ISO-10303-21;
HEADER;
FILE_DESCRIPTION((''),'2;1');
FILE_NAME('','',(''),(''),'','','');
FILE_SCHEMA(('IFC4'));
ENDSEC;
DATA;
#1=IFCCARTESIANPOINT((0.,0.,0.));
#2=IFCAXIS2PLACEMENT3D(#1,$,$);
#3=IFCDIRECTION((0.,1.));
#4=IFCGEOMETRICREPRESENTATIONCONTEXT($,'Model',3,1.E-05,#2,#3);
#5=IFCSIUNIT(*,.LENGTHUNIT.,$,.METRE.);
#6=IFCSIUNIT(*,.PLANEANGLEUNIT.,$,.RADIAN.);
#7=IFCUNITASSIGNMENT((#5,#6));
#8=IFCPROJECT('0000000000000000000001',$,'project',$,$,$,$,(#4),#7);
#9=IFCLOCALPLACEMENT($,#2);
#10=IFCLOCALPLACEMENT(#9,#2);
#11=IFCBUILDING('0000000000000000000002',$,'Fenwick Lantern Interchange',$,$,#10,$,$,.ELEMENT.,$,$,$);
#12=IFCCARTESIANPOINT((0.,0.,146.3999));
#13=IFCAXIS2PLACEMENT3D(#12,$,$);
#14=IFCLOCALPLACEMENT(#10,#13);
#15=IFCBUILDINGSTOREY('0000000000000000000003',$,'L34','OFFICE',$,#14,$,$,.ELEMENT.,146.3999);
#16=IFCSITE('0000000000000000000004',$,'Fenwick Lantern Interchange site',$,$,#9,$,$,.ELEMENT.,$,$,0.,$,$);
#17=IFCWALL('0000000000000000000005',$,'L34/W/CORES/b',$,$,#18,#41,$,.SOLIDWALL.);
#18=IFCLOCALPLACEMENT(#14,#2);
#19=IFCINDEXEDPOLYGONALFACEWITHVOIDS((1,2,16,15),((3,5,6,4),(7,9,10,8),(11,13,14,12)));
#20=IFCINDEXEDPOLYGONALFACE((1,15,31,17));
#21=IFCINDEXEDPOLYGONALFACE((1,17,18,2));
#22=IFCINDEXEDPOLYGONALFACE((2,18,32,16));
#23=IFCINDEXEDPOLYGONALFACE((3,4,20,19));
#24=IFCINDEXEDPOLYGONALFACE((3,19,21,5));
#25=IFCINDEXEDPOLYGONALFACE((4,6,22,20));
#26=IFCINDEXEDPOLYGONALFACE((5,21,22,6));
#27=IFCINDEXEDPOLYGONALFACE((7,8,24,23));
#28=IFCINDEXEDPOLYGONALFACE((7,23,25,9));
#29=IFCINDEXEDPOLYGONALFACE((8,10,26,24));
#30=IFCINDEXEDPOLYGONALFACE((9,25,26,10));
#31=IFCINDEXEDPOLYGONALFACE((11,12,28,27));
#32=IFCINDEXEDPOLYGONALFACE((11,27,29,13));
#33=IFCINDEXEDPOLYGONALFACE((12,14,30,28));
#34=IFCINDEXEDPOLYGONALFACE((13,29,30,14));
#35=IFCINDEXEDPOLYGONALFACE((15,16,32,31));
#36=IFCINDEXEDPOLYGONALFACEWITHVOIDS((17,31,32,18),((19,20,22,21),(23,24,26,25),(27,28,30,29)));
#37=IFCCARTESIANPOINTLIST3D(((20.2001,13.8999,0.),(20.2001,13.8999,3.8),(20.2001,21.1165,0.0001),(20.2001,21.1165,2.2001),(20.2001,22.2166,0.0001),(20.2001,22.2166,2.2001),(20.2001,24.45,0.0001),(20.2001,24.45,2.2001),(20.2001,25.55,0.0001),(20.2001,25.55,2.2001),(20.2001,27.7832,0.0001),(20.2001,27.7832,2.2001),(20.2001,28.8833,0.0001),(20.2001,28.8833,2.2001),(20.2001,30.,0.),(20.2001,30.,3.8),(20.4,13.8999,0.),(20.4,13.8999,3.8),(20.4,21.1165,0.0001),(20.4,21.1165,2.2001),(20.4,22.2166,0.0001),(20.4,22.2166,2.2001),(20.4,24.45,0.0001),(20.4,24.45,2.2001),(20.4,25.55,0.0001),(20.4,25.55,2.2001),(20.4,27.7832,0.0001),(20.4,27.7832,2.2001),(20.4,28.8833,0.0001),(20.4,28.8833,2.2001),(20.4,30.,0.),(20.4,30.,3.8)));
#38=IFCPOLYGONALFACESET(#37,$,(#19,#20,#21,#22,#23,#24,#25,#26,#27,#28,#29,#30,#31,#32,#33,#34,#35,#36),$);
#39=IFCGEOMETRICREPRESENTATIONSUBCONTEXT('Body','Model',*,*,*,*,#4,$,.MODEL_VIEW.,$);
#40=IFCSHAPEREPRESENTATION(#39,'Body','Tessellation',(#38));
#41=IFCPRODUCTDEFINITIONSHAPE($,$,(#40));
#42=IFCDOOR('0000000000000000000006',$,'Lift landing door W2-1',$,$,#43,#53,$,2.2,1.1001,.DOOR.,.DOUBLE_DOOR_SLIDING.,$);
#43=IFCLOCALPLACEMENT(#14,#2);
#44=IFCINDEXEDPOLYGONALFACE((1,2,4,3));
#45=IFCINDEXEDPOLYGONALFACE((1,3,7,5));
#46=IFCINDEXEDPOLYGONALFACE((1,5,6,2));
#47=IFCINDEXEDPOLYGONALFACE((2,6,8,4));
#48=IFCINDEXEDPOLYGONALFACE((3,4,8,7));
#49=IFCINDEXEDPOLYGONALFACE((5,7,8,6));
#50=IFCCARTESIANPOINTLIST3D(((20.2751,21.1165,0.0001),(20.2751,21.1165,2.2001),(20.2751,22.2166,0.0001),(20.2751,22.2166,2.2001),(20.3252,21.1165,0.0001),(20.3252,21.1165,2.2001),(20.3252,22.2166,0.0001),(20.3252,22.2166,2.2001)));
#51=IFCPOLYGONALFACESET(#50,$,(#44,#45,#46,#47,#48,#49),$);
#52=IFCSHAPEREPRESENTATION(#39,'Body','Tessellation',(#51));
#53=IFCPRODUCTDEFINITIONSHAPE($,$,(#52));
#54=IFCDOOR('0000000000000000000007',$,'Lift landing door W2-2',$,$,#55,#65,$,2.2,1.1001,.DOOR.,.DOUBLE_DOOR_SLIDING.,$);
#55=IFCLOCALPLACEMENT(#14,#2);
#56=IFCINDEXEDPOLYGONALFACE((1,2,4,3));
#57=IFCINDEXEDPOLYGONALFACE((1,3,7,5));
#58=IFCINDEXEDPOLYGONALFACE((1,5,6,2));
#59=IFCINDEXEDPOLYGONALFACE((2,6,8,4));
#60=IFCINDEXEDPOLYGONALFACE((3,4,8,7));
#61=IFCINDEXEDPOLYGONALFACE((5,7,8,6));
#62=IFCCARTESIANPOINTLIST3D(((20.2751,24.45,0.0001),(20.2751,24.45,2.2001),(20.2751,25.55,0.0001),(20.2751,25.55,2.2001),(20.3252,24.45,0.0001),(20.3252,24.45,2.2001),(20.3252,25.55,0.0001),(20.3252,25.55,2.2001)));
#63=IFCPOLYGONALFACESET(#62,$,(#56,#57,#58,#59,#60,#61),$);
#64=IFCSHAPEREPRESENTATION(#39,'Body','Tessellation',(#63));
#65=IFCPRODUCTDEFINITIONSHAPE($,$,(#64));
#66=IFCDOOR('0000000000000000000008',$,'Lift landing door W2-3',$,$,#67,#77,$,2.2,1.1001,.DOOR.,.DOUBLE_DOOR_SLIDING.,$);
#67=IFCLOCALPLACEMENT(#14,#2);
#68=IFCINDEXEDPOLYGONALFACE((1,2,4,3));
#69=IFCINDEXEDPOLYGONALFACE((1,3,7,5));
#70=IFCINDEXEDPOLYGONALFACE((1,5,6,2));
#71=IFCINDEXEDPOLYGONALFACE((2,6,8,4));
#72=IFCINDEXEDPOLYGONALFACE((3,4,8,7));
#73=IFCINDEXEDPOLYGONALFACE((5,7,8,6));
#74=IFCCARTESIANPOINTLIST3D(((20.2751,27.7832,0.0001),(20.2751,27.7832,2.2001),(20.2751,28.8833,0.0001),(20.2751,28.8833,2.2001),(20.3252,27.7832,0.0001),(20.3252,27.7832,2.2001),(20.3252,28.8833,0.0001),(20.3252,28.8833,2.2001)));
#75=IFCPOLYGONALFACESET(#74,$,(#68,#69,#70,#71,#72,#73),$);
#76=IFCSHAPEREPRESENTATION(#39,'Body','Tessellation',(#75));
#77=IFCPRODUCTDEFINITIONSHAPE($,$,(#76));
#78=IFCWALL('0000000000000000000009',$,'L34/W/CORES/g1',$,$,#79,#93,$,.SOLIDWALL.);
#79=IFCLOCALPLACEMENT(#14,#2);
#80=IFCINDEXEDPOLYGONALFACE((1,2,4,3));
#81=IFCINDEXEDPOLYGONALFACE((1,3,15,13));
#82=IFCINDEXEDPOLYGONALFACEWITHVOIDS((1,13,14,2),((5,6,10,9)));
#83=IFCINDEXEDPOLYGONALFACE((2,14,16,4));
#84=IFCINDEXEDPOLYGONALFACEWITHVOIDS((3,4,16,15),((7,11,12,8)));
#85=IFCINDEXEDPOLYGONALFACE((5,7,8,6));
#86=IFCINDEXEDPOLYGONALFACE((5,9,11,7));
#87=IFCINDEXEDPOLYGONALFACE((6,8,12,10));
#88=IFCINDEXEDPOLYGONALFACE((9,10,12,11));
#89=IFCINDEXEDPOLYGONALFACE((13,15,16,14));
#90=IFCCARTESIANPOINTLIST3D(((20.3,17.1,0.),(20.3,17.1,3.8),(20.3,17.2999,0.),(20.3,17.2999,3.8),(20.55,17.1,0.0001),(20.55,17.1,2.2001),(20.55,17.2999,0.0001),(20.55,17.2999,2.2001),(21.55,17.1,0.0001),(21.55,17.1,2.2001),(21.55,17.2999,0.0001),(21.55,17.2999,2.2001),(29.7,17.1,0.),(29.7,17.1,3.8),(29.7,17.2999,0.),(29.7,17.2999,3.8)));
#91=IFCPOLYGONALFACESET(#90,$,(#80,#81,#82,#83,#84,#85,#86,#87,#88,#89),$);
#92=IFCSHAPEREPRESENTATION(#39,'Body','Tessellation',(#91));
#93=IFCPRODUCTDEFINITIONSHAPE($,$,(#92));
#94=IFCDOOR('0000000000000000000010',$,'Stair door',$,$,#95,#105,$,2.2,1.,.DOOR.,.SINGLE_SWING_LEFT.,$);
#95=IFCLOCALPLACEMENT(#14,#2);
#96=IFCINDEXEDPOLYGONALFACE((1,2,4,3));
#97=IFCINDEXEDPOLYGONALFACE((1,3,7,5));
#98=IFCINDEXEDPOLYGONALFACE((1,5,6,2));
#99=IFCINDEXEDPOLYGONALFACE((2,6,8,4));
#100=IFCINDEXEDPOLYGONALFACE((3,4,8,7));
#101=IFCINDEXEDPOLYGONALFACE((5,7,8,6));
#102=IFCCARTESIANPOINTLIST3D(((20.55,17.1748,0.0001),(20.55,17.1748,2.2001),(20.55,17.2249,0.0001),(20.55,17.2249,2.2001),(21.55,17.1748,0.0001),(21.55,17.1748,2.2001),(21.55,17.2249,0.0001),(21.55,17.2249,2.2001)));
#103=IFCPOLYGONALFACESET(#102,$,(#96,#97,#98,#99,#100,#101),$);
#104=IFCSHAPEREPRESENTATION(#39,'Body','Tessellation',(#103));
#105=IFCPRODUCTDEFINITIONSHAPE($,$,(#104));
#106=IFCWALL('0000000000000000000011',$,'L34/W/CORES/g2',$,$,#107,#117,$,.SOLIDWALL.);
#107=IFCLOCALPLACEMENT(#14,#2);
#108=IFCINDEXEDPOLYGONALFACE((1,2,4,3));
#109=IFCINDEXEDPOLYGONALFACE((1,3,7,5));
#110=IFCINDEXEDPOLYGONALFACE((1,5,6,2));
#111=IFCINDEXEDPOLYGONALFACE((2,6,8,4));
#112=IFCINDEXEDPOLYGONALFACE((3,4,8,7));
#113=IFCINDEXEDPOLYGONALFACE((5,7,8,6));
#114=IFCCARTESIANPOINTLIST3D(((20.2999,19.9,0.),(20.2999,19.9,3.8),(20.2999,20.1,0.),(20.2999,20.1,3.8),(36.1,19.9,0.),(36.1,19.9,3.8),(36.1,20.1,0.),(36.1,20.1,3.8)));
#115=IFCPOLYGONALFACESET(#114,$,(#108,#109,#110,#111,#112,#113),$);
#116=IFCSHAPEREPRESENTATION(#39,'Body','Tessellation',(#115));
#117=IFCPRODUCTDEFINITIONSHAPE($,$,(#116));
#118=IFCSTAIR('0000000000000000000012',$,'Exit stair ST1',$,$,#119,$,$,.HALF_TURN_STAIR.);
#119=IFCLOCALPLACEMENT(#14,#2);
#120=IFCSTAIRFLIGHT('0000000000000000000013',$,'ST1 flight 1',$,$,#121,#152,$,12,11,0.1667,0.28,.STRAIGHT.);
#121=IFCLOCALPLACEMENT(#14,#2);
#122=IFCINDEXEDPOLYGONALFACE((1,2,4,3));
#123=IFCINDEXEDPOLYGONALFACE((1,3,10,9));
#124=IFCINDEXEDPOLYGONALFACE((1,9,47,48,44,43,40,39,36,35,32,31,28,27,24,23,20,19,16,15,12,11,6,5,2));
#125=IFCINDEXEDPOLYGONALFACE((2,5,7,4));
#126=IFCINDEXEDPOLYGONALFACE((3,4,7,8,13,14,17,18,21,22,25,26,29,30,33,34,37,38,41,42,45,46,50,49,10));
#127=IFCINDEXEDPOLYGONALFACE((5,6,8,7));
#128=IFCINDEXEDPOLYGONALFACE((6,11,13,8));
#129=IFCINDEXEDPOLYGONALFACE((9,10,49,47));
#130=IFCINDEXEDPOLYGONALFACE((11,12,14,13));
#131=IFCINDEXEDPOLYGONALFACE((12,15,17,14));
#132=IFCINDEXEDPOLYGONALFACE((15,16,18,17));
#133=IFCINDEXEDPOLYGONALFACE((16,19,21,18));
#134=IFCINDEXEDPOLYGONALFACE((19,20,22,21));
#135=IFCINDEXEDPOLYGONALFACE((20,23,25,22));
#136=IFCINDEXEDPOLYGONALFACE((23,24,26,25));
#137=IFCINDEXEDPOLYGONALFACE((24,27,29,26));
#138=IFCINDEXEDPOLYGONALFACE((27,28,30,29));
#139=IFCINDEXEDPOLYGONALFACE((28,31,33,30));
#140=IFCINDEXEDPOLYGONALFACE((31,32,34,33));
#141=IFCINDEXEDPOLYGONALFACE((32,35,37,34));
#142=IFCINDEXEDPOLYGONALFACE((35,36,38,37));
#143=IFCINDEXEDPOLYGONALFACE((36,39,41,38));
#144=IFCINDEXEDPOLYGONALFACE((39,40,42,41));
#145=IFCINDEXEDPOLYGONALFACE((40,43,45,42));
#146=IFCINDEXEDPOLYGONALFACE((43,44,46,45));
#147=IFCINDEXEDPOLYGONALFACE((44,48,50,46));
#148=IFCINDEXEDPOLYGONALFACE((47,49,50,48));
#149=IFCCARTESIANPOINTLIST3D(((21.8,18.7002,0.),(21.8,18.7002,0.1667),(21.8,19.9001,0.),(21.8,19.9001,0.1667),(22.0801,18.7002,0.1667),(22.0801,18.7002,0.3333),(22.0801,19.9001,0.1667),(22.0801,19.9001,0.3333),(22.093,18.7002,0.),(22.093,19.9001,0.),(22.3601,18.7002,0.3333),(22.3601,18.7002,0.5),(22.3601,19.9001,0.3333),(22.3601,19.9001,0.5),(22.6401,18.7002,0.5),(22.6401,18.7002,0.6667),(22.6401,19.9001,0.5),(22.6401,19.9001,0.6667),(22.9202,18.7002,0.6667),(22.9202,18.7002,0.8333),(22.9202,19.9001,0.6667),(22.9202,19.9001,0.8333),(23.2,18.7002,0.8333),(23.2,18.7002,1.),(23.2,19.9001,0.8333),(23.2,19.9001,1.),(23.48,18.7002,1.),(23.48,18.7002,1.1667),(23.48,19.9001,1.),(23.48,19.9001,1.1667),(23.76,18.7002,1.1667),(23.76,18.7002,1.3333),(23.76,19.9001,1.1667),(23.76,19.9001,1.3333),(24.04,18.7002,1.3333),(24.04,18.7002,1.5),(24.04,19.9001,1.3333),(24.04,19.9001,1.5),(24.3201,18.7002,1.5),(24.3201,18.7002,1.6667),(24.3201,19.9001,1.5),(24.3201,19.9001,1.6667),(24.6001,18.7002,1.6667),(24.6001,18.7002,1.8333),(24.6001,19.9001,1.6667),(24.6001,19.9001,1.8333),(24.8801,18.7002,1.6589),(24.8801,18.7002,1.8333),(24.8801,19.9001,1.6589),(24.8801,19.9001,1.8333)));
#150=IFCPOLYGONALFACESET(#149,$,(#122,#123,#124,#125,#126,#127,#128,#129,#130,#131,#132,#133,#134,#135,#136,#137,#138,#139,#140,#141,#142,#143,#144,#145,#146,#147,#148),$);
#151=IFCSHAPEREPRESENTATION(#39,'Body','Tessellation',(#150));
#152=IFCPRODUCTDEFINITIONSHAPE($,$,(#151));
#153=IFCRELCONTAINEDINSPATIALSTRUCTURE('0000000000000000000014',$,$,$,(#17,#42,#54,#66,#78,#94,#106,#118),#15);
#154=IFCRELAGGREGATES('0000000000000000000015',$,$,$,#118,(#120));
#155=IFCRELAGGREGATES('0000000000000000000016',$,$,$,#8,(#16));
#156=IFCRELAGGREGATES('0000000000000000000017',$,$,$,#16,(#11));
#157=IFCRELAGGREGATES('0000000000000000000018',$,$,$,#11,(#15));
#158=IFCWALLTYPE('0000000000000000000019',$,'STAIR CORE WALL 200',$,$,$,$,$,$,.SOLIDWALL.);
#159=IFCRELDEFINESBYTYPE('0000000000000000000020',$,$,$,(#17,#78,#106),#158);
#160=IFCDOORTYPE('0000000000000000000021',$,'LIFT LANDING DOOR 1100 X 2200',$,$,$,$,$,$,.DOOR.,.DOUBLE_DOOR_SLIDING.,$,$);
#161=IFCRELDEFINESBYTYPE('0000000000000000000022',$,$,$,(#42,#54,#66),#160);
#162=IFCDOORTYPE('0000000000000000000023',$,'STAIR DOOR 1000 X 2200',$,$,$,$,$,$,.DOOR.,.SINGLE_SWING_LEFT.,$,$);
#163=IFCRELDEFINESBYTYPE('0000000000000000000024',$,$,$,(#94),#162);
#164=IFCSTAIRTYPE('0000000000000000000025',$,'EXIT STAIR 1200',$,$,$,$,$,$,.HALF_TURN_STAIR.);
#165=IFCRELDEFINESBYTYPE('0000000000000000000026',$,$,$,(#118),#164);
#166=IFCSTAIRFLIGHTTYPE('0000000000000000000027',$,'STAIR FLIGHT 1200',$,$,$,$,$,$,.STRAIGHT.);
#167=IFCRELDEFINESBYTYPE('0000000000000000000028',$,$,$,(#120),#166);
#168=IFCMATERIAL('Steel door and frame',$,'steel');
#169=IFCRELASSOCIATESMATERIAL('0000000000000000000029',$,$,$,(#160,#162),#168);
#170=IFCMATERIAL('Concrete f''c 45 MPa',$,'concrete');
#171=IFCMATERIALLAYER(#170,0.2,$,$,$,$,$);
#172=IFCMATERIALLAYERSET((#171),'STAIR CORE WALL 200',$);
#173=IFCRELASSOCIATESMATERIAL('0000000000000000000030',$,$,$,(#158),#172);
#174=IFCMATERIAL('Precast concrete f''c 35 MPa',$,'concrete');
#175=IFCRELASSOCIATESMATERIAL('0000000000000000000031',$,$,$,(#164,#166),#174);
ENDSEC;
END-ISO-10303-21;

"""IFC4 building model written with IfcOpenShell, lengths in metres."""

from ifc_helpers import new_model, si_unit, direction, frame, frame_2d, origin, place, context, subcontext, project, spatial, polyline, rectangle, outline, extrude, material, layer, layer_set, type_object, element, fill, aggregate, save


model = new_model("IFC4")

# Units and contexts
model_context = context("Model", 3, precision=1e-05, world=origin(), true_north=direction((0.0, 1.0)))
body_context = subcontext(model_context, "Body", "Model", "MODEL_VIEW")
ifc_project = project(units=[si_unit("LENGTHUNIT", "METRE"), si_unit("PLANEANGLEUNIT", "RADIAN")], contexts=[model_context])

# Site, building, storey
site_placement = place(None, origin())
site = spatial("IfcSite", under=ifc_project, at=site_placement, Name="Fenwick Lantern Interchange site", CompositionType="ELEMENT", RefElevation=0.0)
building_placement = place(site_placement, origin())
building = spatial("IfcBuilding", under=site, at=building_placement, Name="Fenwick Lantern Interchange", CompositionType="ELEMENT")
storey_placement = place(building_placement, frame((0.0, 0.0, 146.3999)))
storey = spatial("IfcBuildingStorey", under=building, at=storey_placement, Name="L34", Description="OFFICE", CompositionType="ELEMENT", Elevation=146.3999)

# Shared definitions
ifc_material_1 = material(Name="Steel door and frame", Category="steel")

# Shared definitions
door_type_1 = type_object("IfcDoorType", Name="LIFT LANDING DOOR 1100 X 2200", OperationType="DOUBLE_DOOR_SLIDING", PredefinedType="DOOR", material=ifc_material_1)

# Wall, openings, doors
ifc_material_2 = material(Name="Concrete f'c 45 MPa", Category="concrete")
ifc_layer_1 = layer(ifc_material_2, 0.2)
ifc_layer_set_1 = layer_set([ifc_layer_1], Name="STAIR CORE WALL 200")
wall_type_1 = type_object("IfcWallType", Name="STAIR CORE WALL 200", PredefinedType="SOLIDWALL", material=ifc_layer_set_1)
wall_1_placement = place(storey_placement, frame((20.3, 13.8999, 0.0), z_axis=(0.0, 0.0, 1.0), x_axis=(0.0, 1.0, 0.0)))
wall_1 = element("IfcWall", 1, at=wall_1_placement, inside=storey, type_object=wall_type_1, Name="L34/W/CORES/b", PredefinedType="SOLIDWALL", context=body_context, shape_type="SweptSolid", body=[
    extrude(rectangle(XDim=16.1001, YDim=0.2, at=frame_2d((8.05, 0.0))), origin(), (0.0, 0.0, 1.0), 3.8),
])
opening_1_placement = place(wall_1_placement, frame((7.2166, 0.0, 0.0)))
opening_1 = element("IfcOpeningElement", 2, at=opening_1_placement, cuts=wall_1, PredefinedType="OPENING", context=body_context, shape_type="SweptSolid", body=[
    extrude(rectangle(XDim=1.1001, YDim=2.2, at=frame_2d((0.55, 1.1001))), frame((0.0, 0.1099, 0.0), z_axis=(0.0, -1.0, 0.0), x_axis=(1.0, 0.0, 0.0)), (0.0, 0.0, 1.0), 0.22),
])
opening_2_placement = place(wall_1_placement, frame((10.55, 0.0, 0.0)))
opening_2 = element("IfcOpeningElement", 3, at=opening_2_placement, cuts=wall_1, PredefinedType="OPENING", context=body_context, shape_type="SweptSolid", body=[
    extrude(rectangle(XDim=1.1001, YDim=2.2, at=frame_2d((0.55, 1.1001))), frame((0.0, 0.1099, 0.0), z_axis=(0.0, -1.0, 0.0), x_axis=(1.0, 0.0, 0.0)), (0.0, 0.0, 1.0), 0.22),
])
opening_3_placement = place(wall_1_placement, frame((13.8833, 0.0, 0.0)))
opening_3 = element("IfcOpeningElement", 4, at=opening_3_placement, cuts=wall_1, PredefinedType="OPENING", context=body_context, shape_type="SweptSolid", body=[
    extrude(rectangle(XDim=1.1001, YDim=2.2, at=frame_2d((0.55, 1.1001))), frame((0.0, 0.1099, 0.0), z_axis=(0.0, -1.0, 0.0), x_axis=(1.0, 0.0, 0.0)), (0.0, 0.0, 1.0), 0.22),
])
door_1_placement = place(opening_1_placement, origin())
door_1 = element("IfcDoor", 5, at=door_1_placement, inside=storey, type_object=door_type_1, Name="Lift landing door W2-1", OperationType="DOUBLE_DOOR_SLIDING", OverallHeight=2.2, OverallWidth=1.1001, PredefinedType="DOOR", context=body_context, shape_type="SweptSolid", body=[
    extrude(rectangle(XDim=1.1001, YDim=2.2, at=frame_2d((0.55, 1.1001))), frame((0.0, 0.0249, 0.0), z_axis=(0.0, -1.0, 0.0), x_axis=(1.0, 0.0, 0.0)), (0.0, 0.0, 1.0), 0.05),
])
fill(opening_1, door_1)
door_2_placement = place(opening_2_placement, origin())
door_2 = element("IfcDoor", 6, at=door_2_placement, inside=storey, type_object=door_type_1, Name="Lift landing door W2-2", OperationType="DOUBLE_DOOR_SLIDING", OverallHeight=2.2, OverallWidth=1.1001, PredefinedType="DOOR", context=body_context, shape_type="SweptSolid", body=[
    extrude(rectangle(XDim=1.1001, YDim=2.2, at=frame_2d((0.55, 1.1001))), frame((0.0, 0.0249, 0.0), z_axis=(0.0, -1.0, 0.0), x_axis=(1.0, 0.0, 0.0)), (0.0, 0.0, 1.0), 0.05),
])
fill(opening_2, door_2)
door_3_placement = place(opening_3_placement, origin())
door_3 = element("IfcDoor", 7, at=door_3_placement, inside=storey, type_object=door_type_1, Name="Lift landing door W2-3", OperationType="DOUBLE_DOOR_SLIDING", OverallHeight=2.2, OverallWidth=1.1001, PredefinedType="DOOR", context=body_context, shape_type="SweptSolid", body=[
    extrude(rectangle(XDim=1.1001, YDim=2.2, at=frame_2d((0.55, 1.1001))), frame((0.0, 0.0249, 0.0), z_axis=(0.0, -1.0, 0.0), x_axis=(1.0, 0.0, 0.0)), (0.0, 0.0, 1.0), 0.05),
])
fill(opening_3, door_3)

# Wall, opening, door
wall_2_placement = place(storey_placement, frame((20.3, 17.2, 0.0), z_axis=(0.0, 0.0, 1.0), x_axis=(1.0, 0.0, 0.0)))
wall_2 = element("IfcWall", 8, at=wall_2_placement, inside=storey, type_object=wall_type_1, Name="L34/W/CORES/g1", PredefinedType="SOLIDWALL", context=body_context, shape_type="SweptSolid", body=[
    extrude(rectangle(XDim=9.3999, YDim=0.2, at=frame_2d((4.7, 0.0))), origin(), (0.0, 0.0, 1.0), 3.8),
])
opening_4_placement = place(wall_2_placement, frame((0.25, 0.0, 0.0)))
opening_4 = element("IfcOpeningElement", 9, at=opening_4_placement, cuts=wall_2, PredefinedType="OPENING", context=body_context, shape_type="SweptSolid", body=[
    extrude(rectangle(XDim=1.0, YDim=2.2, at=frame_2d((0.5, 1.1001))), frame((0.0, 0.1099, 0.0), z_axis=(0.0, -1.0, 0.0), x_axis=(1.0, 0.0, 0.0)), (0.0, 0.0, 1.0), 0.22),
])
door_type_2 = type_object("IfcDoorType", Name="STAIR DOOR 1000 X 2200", OperationType="SINGLE_SWING_LEFT", PredefinedType="DOOR", material=ifc_material_1)
door_4_placement = place(opening_4_placement, origin())
door_4 = element("IfcDoor", 10, at=door_4_placement, inside=storey, type_object=door_type_2, Name="Stair door", OperationType="SINGLE_SWING_LEFT", OverallHeight=2.2, OverallWidth=1.0, PredefinedType="DOOR", context=body_context, shape_type="SweptSolid", body=[
    extrude(rectangle(XDim=1.0, YDim=2.2, at=frame_2d((0.5, 1.1001))), frame((0.0, 0.0249, 0.0), z_axis=(0.0, -1.0, 0.0), x_axis=(1.0, 0.0, 0.0)), (0.0, 0.0, 1.0), 0.05),
])
fill(opening_4, door_4)

# Wall
wall_3_placement = place(storey_placement, frame((20.3, 20.0, 0.0), z_axis=(0.0, 0.0, 1.0), x_axis=(1.0, 0.0, 0.0)))
element("IfcWall", 11, at=wall_3_placement, inside=storey, type_object=wall_type_1, Name="L34/W/CORES/g2", PredefinedType="SOLIDWALL", context=body_context, shape_type="SweptSolid", body=[
    extrude(rectangle(XDim=15.8, YDim=0.2, at=frame_2d((7.8999, 0.0))), origin(), (0.0, 0.0, 1.0), 3.8),
])

# Stair, stair flight
ifc_material_3 = material(Name="Precast concrete f'c 35 MPa", Category="concrete")
stair_type = type_object("IfcStairType", Name="EXIT STAIR 1200", PredefinedType="HALF_TURN_STAIR", material=ifc_material_3)
stair_placement = place(storey_placement, origin())
stair = element("IfcStair", 12, at=stair_placement, inside=storey, type_object=stair_type, Name="Exit stair ST1", PredefinedType="HALF_TURN_STAIR")
stair_flight_type = type_object("IfcStairFlightType", Name="STAIR FLIGHT 1200", PredefinedType="STRAIGHT", material=ifc_material_3)
stair_flight_1_placement = place(storey_placement, frame((21.8, 19.3, 0.0), z_axis=(0.0, 0.0, 1.0), x_axis=(1.0, 0.0, 0.0)))
stair_flight_1 = element("IfcStairFlight", 13, at=stair_flight_1_placement, type_object=stair_flight_type, Name="ST1 flight 1", NumberOfRisers=12, NumberOfTreads=11, PredefinedType="STRAIGHT", RiserHeight=0.1667, TreadLength=0.28, context=body_context, shape_type="SweptSolid", body=[
    extrude(outline(polyline([(0.0, 0.0), (0.0, 0.1667), (0.28, 0.1667), (0.28, 0.3333), (0.5601, 0.3333), (0.5601, 0.5), (0.8401, 0.5), (0.8401, 0.6667), (1.1201, 0.6667), (1.1201, 0.8333), (1.3999, 0.8333), (1.3999, 1.0), (1.6799, 1.0), (1.6799, 1.1667), (1.96, 1.1667), (1.96, 1.3333), (2.24, 1.3333), (2.24, 1.5), (2.52, 1.5), (2.52, 1.6667), (2.8, 1.6667), (2.8, 1.8333), (3.0801, 1.8333), (3.0801, 2.0), (3.0801, 1.6589), (0.293, 0.0), (0.0, 0.0)])), frame((0.0, 0.6001, 0.0), z_axis=(0.0, -1.0, 0.0), x_axis=(1.0, 0.0, 0.0)), (0.0, 0.0, 1.0), 1.2),
])
aggregate(stair, [stair_flight_1])

save(model, "model.ifc")
